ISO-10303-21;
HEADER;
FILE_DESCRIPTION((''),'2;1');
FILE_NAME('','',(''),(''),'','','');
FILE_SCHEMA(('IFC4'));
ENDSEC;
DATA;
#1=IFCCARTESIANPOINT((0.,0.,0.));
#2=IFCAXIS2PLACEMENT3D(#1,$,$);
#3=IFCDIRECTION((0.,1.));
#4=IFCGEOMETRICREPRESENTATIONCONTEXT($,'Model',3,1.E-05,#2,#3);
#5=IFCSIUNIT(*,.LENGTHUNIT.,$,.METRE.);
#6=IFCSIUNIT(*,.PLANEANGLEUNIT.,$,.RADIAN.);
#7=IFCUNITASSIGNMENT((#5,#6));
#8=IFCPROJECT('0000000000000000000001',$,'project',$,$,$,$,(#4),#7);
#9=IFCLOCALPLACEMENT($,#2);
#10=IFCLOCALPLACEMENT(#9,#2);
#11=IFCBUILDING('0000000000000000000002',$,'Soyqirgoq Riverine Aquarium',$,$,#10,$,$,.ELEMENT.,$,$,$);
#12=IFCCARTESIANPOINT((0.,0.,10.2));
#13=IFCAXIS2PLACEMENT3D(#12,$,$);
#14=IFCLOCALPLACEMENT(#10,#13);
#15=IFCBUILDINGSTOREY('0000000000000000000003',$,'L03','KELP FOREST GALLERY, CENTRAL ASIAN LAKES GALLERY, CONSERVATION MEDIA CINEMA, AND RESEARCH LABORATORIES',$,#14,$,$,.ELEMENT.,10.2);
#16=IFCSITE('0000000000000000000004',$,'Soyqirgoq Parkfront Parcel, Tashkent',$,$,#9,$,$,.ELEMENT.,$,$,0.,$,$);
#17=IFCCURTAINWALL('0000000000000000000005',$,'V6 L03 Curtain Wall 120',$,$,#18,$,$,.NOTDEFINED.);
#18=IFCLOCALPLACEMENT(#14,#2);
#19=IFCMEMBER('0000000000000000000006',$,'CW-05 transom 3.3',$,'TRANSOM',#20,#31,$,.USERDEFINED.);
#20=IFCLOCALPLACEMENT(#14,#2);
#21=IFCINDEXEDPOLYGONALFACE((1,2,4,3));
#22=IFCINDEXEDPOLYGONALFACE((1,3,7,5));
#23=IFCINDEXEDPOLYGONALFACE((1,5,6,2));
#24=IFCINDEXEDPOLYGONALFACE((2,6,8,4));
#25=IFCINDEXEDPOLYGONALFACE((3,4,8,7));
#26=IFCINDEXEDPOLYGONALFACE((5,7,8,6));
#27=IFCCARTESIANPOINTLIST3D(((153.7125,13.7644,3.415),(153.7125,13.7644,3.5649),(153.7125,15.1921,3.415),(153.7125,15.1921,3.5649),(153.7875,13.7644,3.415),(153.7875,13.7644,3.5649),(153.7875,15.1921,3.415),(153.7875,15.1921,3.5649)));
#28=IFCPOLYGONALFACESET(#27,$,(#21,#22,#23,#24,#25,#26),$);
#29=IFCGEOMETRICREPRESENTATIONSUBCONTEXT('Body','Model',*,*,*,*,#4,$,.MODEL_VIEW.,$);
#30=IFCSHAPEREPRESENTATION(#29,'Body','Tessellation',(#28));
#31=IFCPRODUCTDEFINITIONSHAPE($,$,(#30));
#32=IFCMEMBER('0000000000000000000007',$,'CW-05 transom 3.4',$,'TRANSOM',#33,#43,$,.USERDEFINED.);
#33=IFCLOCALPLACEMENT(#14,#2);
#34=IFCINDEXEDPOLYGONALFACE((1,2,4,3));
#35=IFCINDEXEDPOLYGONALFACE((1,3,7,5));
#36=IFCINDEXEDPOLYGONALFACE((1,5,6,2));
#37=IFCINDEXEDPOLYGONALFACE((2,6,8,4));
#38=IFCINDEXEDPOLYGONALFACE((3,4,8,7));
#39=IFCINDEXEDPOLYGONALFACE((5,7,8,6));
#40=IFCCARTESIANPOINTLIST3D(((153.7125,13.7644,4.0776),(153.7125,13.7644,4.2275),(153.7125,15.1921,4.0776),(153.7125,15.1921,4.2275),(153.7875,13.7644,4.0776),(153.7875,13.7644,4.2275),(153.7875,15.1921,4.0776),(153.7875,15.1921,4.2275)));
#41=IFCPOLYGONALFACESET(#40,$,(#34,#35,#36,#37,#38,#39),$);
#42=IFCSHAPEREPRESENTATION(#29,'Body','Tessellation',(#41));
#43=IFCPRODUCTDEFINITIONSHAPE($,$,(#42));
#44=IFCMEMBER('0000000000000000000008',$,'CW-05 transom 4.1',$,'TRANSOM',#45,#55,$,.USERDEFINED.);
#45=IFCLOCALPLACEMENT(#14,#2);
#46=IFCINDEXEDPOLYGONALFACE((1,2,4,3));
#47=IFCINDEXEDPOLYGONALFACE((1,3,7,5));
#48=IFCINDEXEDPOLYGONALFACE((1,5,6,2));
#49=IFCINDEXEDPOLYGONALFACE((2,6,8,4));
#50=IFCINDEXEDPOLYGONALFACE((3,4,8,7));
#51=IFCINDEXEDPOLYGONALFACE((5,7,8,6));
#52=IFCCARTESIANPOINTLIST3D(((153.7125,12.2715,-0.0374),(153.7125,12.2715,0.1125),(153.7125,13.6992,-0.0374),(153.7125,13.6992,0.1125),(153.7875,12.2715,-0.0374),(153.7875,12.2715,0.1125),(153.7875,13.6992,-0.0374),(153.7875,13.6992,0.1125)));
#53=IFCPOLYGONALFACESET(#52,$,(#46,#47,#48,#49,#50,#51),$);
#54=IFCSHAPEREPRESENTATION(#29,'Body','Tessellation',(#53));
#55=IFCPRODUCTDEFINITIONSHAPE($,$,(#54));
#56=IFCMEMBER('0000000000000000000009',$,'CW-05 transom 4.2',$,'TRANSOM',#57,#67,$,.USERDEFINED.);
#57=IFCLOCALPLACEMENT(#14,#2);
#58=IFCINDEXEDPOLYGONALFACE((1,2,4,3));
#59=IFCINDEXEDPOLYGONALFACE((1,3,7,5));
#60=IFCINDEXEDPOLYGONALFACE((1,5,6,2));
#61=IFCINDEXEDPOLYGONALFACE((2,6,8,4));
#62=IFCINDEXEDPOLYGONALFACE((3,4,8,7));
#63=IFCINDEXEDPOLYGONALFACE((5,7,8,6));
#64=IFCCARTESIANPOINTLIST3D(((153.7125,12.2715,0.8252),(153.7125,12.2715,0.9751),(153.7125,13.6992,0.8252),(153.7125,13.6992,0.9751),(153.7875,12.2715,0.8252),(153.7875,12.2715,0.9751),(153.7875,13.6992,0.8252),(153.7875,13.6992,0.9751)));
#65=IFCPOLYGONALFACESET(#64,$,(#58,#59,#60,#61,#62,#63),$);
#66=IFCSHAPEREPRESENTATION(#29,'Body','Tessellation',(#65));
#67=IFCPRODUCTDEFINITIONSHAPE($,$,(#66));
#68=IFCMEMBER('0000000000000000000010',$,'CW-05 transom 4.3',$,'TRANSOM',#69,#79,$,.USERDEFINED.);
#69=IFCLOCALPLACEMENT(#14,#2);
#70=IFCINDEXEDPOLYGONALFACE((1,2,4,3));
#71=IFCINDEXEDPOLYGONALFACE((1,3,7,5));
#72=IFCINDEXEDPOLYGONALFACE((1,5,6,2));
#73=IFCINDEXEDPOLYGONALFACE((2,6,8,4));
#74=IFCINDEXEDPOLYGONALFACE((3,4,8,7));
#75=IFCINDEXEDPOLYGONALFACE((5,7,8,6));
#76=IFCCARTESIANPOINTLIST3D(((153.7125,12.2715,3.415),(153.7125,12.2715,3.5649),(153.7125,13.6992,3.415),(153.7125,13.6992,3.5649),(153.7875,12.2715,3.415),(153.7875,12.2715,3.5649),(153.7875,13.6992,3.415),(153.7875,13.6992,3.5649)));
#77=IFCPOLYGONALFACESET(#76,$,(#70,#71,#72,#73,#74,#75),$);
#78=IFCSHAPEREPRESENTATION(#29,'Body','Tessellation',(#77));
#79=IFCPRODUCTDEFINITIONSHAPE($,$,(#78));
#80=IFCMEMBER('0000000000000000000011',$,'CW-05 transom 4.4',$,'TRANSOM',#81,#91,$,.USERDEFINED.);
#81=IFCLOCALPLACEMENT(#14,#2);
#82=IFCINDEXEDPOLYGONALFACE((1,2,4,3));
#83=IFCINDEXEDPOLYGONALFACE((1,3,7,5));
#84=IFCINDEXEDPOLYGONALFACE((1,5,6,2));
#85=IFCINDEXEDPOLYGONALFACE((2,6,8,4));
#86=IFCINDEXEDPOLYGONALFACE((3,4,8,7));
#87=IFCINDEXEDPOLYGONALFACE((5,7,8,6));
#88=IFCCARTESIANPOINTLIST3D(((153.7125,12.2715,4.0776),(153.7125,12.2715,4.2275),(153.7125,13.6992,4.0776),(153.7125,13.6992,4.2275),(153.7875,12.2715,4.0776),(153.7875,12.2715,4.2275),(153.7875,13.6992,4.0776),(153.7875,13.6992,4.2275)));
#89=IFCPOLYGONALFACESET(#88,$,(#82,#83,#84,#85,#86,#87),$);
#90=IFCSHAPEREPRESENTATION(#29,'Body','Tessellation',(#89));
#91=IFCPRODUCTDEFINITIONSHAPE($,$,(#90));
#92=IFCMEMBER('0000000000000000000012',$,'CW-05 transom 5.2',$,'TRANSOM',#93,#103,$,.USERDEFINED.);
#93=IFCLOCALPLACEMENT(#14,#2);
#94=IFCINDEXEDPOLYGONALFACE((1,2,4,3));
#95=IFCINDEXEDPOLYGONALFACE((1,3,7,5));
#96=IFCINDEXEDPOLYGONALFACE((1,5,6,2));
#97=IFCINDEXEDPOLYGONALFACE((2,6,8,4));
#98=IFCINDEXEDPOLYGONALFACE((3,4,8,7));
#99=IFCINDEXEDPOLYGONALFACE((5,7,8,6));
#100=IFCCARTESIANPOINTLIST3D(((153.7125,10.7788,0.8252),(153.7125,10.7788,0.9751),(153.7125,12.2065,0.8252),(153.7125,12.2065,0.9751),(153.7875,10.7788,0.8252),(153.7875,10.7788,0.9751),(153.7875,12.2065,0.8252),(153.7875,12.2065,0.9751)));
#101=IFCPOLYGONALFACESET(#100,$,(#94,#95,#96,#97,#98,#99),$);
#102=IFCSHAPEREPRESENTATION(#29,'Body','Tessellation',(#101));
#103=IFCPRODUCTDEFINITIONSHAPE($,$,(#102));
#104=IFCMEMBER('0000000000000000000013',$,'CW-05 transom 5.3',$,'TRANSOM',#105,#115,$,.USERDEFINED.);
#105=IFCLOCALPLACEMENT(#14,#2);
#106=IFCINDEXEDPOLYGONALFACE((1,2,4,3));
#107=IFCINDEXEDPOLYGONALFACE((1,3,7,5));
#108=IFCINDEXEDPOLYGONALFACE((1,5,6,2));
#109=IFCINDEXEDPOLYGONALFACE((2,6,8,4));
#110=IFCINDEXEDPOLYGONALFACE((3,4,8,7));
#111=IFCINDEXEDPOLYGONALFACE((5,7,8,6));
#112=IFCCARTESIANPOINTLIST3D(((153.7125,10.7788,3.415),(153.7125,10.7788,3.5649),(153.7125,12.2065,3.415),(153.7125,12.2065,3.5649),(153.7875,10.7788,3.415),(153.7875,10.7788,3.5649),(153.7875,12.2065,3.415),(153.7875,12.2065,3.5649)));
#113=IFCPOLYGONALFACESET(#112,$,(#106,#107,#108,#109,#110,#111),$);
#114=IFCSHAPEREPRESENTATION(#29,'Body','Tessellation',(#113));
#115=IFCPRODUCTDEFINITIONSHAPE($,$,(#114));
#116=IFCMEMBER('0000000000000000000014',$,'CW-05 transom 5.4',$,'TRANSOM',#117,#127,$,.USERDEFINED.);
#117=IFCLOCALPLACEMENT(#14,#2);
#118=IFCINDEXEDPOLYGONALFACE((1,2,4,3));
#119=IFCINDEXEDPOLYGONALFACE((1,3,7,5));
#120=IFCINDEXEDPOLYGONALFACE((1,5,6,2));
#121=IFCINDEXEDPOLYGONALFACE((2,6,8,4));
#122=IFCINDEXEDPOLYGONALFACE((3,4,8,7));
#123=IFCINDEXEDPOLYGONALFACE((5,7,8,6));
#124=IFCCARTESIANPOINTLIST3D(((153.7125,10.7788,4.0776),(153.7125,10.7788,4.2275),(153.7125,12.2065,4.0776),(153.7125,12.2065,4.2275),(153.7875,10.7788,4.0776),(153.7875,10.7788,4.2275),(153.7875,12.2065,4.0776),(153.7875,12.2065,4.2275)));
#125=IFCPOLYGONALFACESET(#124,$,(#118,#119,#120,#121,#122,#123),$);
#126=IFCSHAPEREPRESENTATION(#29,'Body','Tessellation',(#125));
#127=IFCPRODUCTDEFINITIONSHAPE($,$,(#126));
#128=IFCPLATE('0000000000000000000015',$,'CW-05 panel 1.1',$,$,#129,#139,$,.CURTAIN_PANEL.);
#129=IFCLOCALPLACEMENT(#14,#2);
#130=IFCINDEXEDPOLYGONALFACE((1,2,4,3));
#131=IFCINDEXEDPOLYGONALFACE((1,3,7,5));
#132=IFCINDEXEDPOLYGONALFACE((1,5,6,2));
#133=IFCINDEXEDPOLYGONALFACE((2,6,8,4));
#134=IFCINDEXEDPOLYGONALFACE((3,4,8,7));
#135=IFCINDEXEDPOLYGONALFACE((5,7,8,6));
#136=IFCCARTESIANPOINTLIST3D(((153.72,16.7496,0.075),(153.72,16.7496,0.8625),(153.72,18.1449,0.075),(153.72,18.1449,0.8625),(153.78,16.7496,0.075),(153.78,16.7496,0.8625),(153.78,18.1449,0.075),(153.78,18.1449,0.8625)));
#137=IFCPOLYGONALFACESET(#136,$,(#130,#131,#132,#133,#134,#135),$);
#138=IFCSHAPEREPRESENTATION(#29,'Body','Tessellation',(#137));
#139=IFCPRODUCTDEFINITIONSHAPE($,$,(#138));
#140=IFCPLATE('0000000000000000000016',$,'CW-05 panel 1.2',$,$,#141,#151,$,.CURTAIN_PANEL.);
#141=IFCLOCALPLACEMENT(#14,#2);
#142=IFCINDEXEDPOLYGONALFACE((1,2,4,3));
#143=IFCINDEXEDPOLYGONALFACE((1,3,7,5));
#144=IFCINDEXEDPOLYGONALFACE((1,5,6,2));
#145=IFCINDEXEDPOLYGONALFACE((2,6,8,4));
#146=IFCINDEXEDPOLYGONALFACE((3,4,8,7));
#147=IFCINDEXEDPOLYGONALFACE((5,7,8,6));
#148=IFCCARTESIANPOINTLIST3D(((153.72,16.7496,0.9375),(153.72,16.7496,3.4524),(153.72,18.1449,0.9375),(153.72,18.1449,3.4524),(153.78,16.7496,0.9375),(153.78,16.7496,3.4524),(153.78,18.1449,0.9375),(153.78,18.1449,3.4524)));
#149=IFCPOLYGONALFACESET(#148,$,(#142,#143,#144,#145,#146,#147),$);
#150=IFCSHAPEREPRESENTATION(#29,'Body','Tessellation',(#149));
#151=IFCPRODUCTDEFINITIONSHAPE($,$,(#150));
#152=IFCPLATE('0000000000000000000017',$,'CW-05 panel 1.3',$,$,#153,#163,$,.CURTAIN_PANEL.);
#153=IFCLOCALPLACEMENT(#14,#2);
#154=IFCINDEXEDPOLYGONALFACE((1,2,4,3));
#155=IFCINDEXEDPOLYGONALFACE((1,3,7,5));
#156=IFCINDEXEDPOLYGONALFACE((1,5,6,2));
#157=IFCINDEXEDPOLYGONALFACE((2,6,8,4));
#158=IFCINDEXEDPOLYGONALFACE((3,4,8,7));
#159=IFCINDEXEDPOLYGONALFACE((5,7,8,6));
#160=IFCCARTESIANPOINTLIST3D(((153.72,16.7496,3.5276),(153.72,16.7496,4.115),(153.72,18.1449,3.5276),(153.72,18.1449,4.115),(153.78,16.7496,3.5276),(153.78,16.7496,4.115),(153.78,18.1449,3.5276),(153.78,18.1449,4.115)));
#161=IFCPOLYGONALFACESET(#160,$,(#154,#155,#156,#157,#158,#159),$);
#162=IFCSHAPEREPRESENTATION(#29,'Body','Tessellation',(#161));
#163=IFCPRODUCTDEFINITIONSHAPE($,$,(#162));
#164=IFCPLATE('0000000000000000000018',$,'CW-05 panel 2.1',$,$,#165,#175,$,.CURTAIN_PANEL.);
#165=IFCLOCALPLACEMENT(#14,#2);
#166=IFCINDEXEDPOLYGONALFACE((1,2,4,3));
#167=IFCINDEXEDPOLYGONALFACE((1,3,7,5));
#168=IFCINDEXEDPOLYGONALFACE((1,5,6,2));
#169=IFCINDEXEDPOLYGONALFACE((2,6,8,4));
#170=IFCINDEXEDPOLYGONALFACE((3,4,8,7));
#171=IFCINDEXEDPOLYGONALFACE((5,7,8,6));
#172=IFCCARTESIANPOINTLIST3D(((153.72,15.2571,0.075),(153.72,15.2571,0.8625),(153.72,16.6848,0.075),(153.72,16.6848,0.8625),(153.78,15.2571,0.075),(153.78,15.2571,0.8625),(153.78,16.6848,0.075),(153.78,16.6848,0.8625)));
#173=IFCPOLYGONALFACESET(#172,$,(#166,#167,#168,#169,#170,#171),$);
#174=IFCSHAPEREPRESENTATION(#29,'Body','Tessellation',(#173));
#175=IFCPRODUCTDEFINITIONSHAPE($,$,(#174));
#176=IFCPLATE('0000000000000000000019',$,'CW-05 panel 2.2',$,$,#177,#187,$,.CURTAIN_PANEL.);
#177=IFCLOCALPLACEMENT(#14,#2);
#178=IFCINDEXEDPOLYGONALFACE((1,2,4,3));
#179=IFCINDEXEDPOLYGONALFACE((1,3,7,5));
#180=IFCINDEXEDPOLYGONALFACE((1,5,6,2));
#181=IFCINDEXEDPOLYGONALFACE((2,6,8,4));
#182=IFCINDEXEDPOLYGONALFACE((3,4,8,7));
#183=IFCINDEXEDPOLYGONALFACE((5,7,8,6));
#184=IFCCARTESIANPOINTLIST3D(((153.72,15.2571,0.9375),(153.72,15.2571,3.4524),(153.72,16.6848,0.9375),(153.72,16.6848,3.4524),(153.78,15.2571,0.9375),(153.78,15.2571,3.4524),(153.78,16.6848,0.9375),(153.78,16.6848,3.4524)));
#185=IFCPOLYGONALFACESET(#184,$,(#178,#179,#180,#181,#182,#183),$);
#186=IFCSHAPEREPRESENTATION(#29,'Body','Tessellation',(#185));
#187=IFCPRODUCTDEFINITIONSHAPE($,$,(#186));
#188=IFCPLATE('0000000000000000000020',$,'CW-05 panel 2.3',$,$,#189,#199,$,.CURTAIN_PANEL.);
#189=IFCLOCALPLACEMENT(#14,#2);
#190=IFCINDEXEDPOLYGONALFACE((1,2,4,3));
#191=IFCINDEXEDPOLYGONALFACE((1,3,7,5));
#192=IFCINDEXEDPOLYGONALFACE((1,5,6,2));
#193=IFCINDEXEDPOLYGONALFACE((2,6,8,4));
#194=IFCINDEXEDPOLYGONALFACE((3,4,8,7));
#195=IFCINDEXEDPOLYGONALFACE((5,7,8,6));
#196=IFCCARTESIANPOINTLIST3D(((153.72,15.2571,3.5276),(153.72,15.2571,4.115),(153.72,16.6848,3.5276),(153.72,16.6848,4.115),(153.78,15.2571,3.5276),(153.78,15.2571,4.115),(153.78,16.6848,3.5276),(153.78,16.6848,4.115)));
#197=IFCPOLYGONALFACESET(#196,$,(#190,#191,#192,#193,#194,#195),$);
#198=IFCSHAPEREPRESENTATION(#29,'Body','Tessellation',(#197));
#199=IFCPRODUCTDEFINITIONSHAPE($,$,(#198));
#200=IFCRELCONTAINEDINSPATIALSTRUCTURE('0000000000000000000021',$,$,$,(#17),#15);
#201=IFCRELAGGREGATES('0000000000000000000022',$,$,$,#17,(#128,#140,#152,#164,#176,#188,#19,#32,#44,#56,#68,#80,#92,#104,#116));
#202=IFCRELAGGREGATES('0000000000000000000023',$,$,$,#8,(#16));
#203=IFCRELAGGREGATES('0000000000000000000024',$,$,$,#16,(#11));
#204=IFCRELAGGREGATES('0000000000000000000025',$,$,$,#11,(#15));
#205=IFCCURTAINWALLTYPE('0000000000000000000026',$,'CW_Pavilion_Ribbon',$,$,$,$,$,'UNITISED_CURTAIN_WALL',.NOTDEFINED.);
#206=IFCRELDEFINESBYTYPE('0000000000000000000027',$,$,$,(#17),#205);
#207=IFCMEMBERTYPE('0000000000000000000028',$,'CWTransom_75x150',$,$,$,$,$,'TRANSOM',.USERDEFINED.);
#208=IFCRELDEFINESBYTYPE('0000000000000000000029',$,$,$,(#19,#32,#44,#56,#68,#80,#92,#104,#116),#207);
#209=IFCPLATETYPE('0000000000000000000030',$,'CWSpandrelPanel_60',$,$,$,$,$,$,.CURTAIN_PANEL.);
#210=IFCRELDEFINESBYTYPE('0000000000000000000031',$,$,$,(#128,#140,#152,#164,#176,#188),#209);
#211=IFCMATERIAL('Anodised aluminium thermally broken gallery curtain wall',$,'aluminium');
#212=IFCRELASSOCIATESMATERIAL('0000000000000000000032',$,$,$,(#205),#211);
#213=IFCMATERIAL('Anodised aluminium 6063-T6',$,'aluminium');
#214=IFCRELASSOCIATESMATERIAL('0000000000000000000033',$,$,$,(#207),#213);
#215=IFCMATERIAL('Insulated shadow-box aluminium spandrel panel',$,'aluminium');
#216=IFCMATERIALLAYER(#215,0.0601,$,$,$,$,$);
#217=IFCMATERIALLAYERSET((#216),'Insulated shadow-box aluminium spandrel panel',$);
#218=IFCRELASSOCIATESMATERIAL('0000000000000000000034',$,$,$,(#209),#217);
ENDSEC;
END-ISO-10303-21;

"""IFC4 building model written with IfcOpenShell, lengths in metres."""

from ifc_helpers import new_model, si_unit, direction, frame, origin, origin_2d, place, context, subcontext, project, spatial, rectangle, extrude, material, layer, layer_set, material_profile, profile_set, type_object, element, aggregate, save


model = new_model("IFC4")

# Units and contexts
model_context = context("Model", 3, precision=1e-05, world=origin(), true_north=direction((0.0, 1.0)))
body_context = subcontext(model_context, "Body", "Model", "MODEL_VIEW")
ifc_project = project(units=[si_unit("LENGTHUNIT", "METRE"), si_unit("PLANEANGLEUNIT", "RADIAN")], contexts=[model_context])

# Site, building, storey
site_placement = place(None, origin())
site = spatial("IfcSite", under=ifc_project, at=site_placement, Name="Soyqirgoq Parkfront Parcel, Tashkent", CompositionType="ELEMENT", RefElevation=0.0)
building_placement = place(site_placement, origin())
building = spatial("IfcBuilding", under=site, at=building_placement, Name="Soyqirgoq Riverine Aquarium", CompositionType="ELEMENT")
storey_placement = place(building_placement, frame((0.0, 0.0, 10.2)))
storey = spatial("IfcBuildingStorey", under=building, at=storey_placement, Name="L03", Description="KELP FOREST GALLERY, CENTRAL ASIAN LAKES GALLERY, CONSERVATION MEDIA CINEMA, AND RESEARCH LABORATORIES", CompositionType="ELEMENT", Elevation=10.2)

# Curtain wall, members, plates
ifc_material_1 = material(Name="Anodised aluminium thermally broken gallery curtain wall", Category="aluminium")
curtain_wall_type = type_object("IfcCurtainWallType", Name="CW_Pavilion_Ribbon", ElementType="UNITISED_CURTAIN_WALL", PredefinedType="NOTDEFINED", material=ifc_material_1)
curtain_wall_placement = place(storey_placement, origin())
curtain_wall = element("IfcCurtainWall", 1, at=curtain_wall_placement, inside=storey, type_object=curtain_wall_type, Name="V6 L03 Curtain Wall 120", PredefinedType="NOTDEFINED")
ifc_material_2 = material(Name="Anodised aluminium 6063-T6", Category="aluminium")
ifc_material_profile_1 = material_profile(ifc_material_2, rectangle(XDim=0.075, YDim=0.1499, at=origin_2d()), Name="ALU-T 75x150")
ifc_profile_set_1 = profile_set([ifc_material_profile_1], Name="Anodised aluminium 6063-T6")
member_type_1 = type_object("IfcMemberType", Name="CWTransom_75x150", ElementType="TRANSOM", PredefinedType="USERDEFINED", material=ifc_profile_set_1)
member_1_placement = place(storey_placement, frame((153.75, 15.1921, 3.49), z_axis=(0.0, -1.0, 0.0), x_axis=(1.0, 0.0, 0.0)))
member_1 = element("IfcMember", 2, at=member_1_placement, type_object=member_type_1, Name="CW-05 transom 3.3", ObjectType="TRANSOM", PredefinedType="USERDEFINED", context=body_context, shape_type="SweptSolid", body=[
    extrude(rectangle(XDim=0.075, YDim=0.1499, at=origin_2d()), origin(), (0.0, 0.0, 1.0), 1.4277),
])
member_2_placement = place(storey_placement, frame((153.75, 15.1921, 4.1526), z_axis=(0.0, -1.0, 0.0), x_axis=(1.0, 0.0, 0.0)))
member_2 = element("IfcMember", 3, at=member_2_placement, type_object=member_type_1, Name="CW-05 transom 3.4", ObjectType="TRANSOM", PredefinedType="USERDEFINED", context=body_context, shape_type="SweptSolid", body=[
    extrude(rectangle(XDim=0.075, YDim=0.1499, at=origin_2d()), origin(), (0.0, 0.0, 1.0), 1.4277),
])
member_3_placement = place(storey_placement, frame((153.75, 13.6992, 0.0376), z_axis=(0.0, -1.0, 0.0), x_axis=(1.0, 0.0, 0.0)))
member_3 = element("IfcMember", 4, at=member_3_placement, type_object=member_type_1, Name="CW-05 transom 4.1", ObjectType="TRANSOM", PredefinedType="USERDEFINED", context=body_context, shape_type="SweptSolid", body=[
    extrude(rectangle(XDim=0.075, YDim=0.1499, at=origin_2d()), origin(), (0.0, 0.0, 1.0), 1.4277),
])
member_4_placement = place(storey_placement, frame((153.75, 13.6992, 0.9001), z_axis=(0.0, -1.0, 0.0), x_axis=(1.0, 0.0, 0.0)))
member_4 = element("IfcMember", 5, at=member_4_placement, type_object=member_type_1, Name="CW-05 transom 4.2", ObjectType="TRANSOM", PredefinedType="USERDEFINED", context=body_context, shape_type="SweptSolid", body=[
    extrude(rectangle(XDim=0.075, YDim=0.1499, at=origin_2d()), origin(), (0.0, 0.0, 1.0), 1.4277),
])
member_5_placement = place(storey_placement, frame((153.75, 13.6992, 3.49), z_axis=(0.0, -1.0, 0.0), x_axis=(1.0, 0.0, 0.0)))
member_5 = element("IfcMember", 6, at=member_5_placement, type_object=member_type_1, Name="CW-05 transom 4.3", ObjectType="TRANSOM", PredefinedType="USERDEFINED", context=body_context, shape_type="SweptSolid", body=[
    extrude(rectangle(XDim=0.075, YDim=0.1499, at=origin_2d()), origin(), (0.0, 0.0, 1.0), 1.4277),
])
member_6_placement = place(storey_placement, frame((153.75, 13.6992, 4.1526), z_axis=(0.0, -1.0, 0.0), x_axis=(1.0, 0.0, 0.0)))
member_6 = element("IfcMember", 7, at=member_6_placement, type_object=member_type_1, Name="CW-05 transom 4.4", ObjectType="TRANSOM", PredefinedType="USERDEFINED", context=body_context, shape_type="SweptSolid", body=[
    extrude(rectangle(XDim=0.075, YDim=0.1499, at=origin_2d()), origin(), (0.0, 0.0, 1.0), 1.4277),
])
member_7_placement = place(storey_placement, frame((153.75, 12.2065, 0.9001), z_axis=(0.0, -1.0, 0.0), x_axis=(1.0, 0.0, 0.0)))
member_7 = element("IfcMember", 8, at=member_7_placement, type_object=member_type_1, Name="CW-05 transom 5.2", ObjectType="TRANSOM", PredefinedType="USERDEFINED", context=body_context, shape_type="SweptSolid", body=[
    extrude(rectangle(XDim=0.075, YDim=0.1499, at=origin_2d()), origin(), (0.0, 0.0, 1.0), 1.4277),
])
member_8_placement = place(storey_placement, frame((153.75, 12.2065, 3.49), z_axis=(0.0, -1.0, 0.0), x_axis=(1.0, 0.0, 0.0)))
member_8 = element("IfcMember", 9, at=member_8_placement, type_object=member_type_1, Name="CW-05 transom 5.3", ObjectType="TRANSOM", PredefinedType="USERDEFINED", context=body_context, shape_type="SweptSolid", body=[
    extrude(rectangle(XDim=0.075, YDim=0.1499, at=origin_2d()), origin(), (0.0, 0.0, 1.0), 1.4277),
])
member_9_placement = place(storey_placement, frame((153.75, 12.2065, 4.1526), z_axis=(0.0, -1.0, 0.0), x_axis=(1.0, 0.0, 0.0)))
member_9 = element("IfcMember", 10, at=member_9_placement, type_object=member_type_1, Name="CW-05 transom 5.4", ObjectType="TRANSOM", PredefinedType="USERDEFINED", context=body_context, shape_type="SweptSolid", body=[
    extrude(rectangle(XDim=0.075, YDim=0.1499, at=origin_2d()), origin(), (0.0, 0.0, 1.0), 1.4277),
])
ifc_material_3 = material(Name="Insulated shadow-box aluminium spandrel panel", Category="aluminium")
ifc_layer_1 = layer(ifc_material_3, 0.0601)
ifc_layer_set_1 = layer_set([ifc_layer_1], Name="Insulated shadow-box aluminium spandrel panel")
plate_type = type_object("IfcPlateType", Name="CWSpandrelPanel_60", PredefinedType="CURTAIN_PANEL", material=ifc_layer_set_1)
plate_1_placement = place(storey_placement, frame((153.75, 17.4473, 0.075), z_axis=(0.0, 0.0, 1.0), x_axis=(0.0, -1.0, 0.0)))
plate_1 = element("IfcPlate", 11, at=plate_1_placement, type_object=plate_type, Name="CW-05 panel 1.1", PredefinedType="CURTAIN_PANEL", context=body_context, shape_type="SweptSolid", body=[
    extrude(rectangle(XDim=1.3953, YDim=0.0601, at=origin_2d()), origin(), (0.0, 0.0, 1.0), 0.7876),
])
plate_2_placement = place(storey_placement, frame((153.75, 17.4473, 0.9375), z_axis=(0.0, 0.0, 1.0), x_axis=(0.0, -1.0, 0.0)))
plate_2 = element("IfcPlate", 12, at=plate_2_placement, type_object=plate_type, Name="CW-05 panel 1.2", PredefinedType="CURTAIN_PANEL", context=body_context, shape_type="SweptSolid", body=[
    extrude(rectangle(XDim=1.3953, YDim=0.0601, at=origin_2d()), origin(), (0.0, 0.0, 1.0), 2.5149),
])
plate_3_placement = place(storey_placement, frame((153.75, 17.4473, 3.5276), z_axis=(0.0, 0.0, 1.0), x_axis=(0.0, -1.0, 0.0)))
plate_3 = element("IfcPlate", 13, at=plate_3_placement, type_object=plate_type, Name="CW-05 panel 1.3", PredefinedType="CURTAIN_PANEL", context=body_context, shape_type="SweptSolid", body=[
    extrude(rectangle(XDim=1.3953, YDim=0.0601, at=origin_2d()), origin(), (0.0, 0.0, 1.0), 0.5874),
])
plate_4_placement = place(storey_placement, frame((153.75, 15.9709, 0.075), z_axis=(0.0, 0.0, 1.0), x_axis=(0.0, -1.0, 0.0)))
plate_4 = element("IfcPlate", 14, at=plate_4_placement, type_object=plate_type, Name="CW-05 panel 2.1", PredefinedType="CURTAIN_PANEL", context=body_context, shape_type="SweptSolid", body=[
    extrude(rectangle(XDim=1.4277, YDim=0.0601, at=origin_2d()), origin(), (0.0, 0.0, 1.0), 0.7876),
])
plate_5_placement = place(storey_placement, frame((153.75, 15.9709, 0.9375), z_axis=(0.0, 0.0, 1.0), x_axis=(0.0, -1.0, 0.0)))
plate_5 = element("IfcPlate", 15, at=plate_5_placement, type_object=plate_type, Name="CW-05 panel 2.2", PredefinedType="CURTAIN_PANEL", context=body_context, shape_type="SweptSolid", body=[
    extrude(rectangle(XDim=1.4277, YDim=0.0601, at=origin_2d()), origin(), (0.0, 0.0, 1.0), 2.5149),
])
plate_6_placement = place(storey_placement, frame((153.75, 15.9709, 3.5276), z_axis=(0.0, 0.0, 1.0), x_axis=(0.0, -1.0, 0.0)))
plate_6 = element("IfcPlate", 16, at=plate_6_placement, type_object=plate_type, Name="CW-05 panel 2.3", PredefinedType="CURTAIN_PANEL", context=body_context, shape_type="SweptSolid", body=[
    extrude(rectangle(XDim=1.4277, YDim=0.0601, at=origin_2d()), origin(), (0.0, 0.0, 1.0), 0.5874),
])
aggregate(curtain_wall, [plate_1, plate_2, plate_3, plate_4, plate_5, plate_6, member_1, member_2, member_3, member_4, member_5, member_6, member_7, member_8, member_9])

save(model, "model.ifc")
